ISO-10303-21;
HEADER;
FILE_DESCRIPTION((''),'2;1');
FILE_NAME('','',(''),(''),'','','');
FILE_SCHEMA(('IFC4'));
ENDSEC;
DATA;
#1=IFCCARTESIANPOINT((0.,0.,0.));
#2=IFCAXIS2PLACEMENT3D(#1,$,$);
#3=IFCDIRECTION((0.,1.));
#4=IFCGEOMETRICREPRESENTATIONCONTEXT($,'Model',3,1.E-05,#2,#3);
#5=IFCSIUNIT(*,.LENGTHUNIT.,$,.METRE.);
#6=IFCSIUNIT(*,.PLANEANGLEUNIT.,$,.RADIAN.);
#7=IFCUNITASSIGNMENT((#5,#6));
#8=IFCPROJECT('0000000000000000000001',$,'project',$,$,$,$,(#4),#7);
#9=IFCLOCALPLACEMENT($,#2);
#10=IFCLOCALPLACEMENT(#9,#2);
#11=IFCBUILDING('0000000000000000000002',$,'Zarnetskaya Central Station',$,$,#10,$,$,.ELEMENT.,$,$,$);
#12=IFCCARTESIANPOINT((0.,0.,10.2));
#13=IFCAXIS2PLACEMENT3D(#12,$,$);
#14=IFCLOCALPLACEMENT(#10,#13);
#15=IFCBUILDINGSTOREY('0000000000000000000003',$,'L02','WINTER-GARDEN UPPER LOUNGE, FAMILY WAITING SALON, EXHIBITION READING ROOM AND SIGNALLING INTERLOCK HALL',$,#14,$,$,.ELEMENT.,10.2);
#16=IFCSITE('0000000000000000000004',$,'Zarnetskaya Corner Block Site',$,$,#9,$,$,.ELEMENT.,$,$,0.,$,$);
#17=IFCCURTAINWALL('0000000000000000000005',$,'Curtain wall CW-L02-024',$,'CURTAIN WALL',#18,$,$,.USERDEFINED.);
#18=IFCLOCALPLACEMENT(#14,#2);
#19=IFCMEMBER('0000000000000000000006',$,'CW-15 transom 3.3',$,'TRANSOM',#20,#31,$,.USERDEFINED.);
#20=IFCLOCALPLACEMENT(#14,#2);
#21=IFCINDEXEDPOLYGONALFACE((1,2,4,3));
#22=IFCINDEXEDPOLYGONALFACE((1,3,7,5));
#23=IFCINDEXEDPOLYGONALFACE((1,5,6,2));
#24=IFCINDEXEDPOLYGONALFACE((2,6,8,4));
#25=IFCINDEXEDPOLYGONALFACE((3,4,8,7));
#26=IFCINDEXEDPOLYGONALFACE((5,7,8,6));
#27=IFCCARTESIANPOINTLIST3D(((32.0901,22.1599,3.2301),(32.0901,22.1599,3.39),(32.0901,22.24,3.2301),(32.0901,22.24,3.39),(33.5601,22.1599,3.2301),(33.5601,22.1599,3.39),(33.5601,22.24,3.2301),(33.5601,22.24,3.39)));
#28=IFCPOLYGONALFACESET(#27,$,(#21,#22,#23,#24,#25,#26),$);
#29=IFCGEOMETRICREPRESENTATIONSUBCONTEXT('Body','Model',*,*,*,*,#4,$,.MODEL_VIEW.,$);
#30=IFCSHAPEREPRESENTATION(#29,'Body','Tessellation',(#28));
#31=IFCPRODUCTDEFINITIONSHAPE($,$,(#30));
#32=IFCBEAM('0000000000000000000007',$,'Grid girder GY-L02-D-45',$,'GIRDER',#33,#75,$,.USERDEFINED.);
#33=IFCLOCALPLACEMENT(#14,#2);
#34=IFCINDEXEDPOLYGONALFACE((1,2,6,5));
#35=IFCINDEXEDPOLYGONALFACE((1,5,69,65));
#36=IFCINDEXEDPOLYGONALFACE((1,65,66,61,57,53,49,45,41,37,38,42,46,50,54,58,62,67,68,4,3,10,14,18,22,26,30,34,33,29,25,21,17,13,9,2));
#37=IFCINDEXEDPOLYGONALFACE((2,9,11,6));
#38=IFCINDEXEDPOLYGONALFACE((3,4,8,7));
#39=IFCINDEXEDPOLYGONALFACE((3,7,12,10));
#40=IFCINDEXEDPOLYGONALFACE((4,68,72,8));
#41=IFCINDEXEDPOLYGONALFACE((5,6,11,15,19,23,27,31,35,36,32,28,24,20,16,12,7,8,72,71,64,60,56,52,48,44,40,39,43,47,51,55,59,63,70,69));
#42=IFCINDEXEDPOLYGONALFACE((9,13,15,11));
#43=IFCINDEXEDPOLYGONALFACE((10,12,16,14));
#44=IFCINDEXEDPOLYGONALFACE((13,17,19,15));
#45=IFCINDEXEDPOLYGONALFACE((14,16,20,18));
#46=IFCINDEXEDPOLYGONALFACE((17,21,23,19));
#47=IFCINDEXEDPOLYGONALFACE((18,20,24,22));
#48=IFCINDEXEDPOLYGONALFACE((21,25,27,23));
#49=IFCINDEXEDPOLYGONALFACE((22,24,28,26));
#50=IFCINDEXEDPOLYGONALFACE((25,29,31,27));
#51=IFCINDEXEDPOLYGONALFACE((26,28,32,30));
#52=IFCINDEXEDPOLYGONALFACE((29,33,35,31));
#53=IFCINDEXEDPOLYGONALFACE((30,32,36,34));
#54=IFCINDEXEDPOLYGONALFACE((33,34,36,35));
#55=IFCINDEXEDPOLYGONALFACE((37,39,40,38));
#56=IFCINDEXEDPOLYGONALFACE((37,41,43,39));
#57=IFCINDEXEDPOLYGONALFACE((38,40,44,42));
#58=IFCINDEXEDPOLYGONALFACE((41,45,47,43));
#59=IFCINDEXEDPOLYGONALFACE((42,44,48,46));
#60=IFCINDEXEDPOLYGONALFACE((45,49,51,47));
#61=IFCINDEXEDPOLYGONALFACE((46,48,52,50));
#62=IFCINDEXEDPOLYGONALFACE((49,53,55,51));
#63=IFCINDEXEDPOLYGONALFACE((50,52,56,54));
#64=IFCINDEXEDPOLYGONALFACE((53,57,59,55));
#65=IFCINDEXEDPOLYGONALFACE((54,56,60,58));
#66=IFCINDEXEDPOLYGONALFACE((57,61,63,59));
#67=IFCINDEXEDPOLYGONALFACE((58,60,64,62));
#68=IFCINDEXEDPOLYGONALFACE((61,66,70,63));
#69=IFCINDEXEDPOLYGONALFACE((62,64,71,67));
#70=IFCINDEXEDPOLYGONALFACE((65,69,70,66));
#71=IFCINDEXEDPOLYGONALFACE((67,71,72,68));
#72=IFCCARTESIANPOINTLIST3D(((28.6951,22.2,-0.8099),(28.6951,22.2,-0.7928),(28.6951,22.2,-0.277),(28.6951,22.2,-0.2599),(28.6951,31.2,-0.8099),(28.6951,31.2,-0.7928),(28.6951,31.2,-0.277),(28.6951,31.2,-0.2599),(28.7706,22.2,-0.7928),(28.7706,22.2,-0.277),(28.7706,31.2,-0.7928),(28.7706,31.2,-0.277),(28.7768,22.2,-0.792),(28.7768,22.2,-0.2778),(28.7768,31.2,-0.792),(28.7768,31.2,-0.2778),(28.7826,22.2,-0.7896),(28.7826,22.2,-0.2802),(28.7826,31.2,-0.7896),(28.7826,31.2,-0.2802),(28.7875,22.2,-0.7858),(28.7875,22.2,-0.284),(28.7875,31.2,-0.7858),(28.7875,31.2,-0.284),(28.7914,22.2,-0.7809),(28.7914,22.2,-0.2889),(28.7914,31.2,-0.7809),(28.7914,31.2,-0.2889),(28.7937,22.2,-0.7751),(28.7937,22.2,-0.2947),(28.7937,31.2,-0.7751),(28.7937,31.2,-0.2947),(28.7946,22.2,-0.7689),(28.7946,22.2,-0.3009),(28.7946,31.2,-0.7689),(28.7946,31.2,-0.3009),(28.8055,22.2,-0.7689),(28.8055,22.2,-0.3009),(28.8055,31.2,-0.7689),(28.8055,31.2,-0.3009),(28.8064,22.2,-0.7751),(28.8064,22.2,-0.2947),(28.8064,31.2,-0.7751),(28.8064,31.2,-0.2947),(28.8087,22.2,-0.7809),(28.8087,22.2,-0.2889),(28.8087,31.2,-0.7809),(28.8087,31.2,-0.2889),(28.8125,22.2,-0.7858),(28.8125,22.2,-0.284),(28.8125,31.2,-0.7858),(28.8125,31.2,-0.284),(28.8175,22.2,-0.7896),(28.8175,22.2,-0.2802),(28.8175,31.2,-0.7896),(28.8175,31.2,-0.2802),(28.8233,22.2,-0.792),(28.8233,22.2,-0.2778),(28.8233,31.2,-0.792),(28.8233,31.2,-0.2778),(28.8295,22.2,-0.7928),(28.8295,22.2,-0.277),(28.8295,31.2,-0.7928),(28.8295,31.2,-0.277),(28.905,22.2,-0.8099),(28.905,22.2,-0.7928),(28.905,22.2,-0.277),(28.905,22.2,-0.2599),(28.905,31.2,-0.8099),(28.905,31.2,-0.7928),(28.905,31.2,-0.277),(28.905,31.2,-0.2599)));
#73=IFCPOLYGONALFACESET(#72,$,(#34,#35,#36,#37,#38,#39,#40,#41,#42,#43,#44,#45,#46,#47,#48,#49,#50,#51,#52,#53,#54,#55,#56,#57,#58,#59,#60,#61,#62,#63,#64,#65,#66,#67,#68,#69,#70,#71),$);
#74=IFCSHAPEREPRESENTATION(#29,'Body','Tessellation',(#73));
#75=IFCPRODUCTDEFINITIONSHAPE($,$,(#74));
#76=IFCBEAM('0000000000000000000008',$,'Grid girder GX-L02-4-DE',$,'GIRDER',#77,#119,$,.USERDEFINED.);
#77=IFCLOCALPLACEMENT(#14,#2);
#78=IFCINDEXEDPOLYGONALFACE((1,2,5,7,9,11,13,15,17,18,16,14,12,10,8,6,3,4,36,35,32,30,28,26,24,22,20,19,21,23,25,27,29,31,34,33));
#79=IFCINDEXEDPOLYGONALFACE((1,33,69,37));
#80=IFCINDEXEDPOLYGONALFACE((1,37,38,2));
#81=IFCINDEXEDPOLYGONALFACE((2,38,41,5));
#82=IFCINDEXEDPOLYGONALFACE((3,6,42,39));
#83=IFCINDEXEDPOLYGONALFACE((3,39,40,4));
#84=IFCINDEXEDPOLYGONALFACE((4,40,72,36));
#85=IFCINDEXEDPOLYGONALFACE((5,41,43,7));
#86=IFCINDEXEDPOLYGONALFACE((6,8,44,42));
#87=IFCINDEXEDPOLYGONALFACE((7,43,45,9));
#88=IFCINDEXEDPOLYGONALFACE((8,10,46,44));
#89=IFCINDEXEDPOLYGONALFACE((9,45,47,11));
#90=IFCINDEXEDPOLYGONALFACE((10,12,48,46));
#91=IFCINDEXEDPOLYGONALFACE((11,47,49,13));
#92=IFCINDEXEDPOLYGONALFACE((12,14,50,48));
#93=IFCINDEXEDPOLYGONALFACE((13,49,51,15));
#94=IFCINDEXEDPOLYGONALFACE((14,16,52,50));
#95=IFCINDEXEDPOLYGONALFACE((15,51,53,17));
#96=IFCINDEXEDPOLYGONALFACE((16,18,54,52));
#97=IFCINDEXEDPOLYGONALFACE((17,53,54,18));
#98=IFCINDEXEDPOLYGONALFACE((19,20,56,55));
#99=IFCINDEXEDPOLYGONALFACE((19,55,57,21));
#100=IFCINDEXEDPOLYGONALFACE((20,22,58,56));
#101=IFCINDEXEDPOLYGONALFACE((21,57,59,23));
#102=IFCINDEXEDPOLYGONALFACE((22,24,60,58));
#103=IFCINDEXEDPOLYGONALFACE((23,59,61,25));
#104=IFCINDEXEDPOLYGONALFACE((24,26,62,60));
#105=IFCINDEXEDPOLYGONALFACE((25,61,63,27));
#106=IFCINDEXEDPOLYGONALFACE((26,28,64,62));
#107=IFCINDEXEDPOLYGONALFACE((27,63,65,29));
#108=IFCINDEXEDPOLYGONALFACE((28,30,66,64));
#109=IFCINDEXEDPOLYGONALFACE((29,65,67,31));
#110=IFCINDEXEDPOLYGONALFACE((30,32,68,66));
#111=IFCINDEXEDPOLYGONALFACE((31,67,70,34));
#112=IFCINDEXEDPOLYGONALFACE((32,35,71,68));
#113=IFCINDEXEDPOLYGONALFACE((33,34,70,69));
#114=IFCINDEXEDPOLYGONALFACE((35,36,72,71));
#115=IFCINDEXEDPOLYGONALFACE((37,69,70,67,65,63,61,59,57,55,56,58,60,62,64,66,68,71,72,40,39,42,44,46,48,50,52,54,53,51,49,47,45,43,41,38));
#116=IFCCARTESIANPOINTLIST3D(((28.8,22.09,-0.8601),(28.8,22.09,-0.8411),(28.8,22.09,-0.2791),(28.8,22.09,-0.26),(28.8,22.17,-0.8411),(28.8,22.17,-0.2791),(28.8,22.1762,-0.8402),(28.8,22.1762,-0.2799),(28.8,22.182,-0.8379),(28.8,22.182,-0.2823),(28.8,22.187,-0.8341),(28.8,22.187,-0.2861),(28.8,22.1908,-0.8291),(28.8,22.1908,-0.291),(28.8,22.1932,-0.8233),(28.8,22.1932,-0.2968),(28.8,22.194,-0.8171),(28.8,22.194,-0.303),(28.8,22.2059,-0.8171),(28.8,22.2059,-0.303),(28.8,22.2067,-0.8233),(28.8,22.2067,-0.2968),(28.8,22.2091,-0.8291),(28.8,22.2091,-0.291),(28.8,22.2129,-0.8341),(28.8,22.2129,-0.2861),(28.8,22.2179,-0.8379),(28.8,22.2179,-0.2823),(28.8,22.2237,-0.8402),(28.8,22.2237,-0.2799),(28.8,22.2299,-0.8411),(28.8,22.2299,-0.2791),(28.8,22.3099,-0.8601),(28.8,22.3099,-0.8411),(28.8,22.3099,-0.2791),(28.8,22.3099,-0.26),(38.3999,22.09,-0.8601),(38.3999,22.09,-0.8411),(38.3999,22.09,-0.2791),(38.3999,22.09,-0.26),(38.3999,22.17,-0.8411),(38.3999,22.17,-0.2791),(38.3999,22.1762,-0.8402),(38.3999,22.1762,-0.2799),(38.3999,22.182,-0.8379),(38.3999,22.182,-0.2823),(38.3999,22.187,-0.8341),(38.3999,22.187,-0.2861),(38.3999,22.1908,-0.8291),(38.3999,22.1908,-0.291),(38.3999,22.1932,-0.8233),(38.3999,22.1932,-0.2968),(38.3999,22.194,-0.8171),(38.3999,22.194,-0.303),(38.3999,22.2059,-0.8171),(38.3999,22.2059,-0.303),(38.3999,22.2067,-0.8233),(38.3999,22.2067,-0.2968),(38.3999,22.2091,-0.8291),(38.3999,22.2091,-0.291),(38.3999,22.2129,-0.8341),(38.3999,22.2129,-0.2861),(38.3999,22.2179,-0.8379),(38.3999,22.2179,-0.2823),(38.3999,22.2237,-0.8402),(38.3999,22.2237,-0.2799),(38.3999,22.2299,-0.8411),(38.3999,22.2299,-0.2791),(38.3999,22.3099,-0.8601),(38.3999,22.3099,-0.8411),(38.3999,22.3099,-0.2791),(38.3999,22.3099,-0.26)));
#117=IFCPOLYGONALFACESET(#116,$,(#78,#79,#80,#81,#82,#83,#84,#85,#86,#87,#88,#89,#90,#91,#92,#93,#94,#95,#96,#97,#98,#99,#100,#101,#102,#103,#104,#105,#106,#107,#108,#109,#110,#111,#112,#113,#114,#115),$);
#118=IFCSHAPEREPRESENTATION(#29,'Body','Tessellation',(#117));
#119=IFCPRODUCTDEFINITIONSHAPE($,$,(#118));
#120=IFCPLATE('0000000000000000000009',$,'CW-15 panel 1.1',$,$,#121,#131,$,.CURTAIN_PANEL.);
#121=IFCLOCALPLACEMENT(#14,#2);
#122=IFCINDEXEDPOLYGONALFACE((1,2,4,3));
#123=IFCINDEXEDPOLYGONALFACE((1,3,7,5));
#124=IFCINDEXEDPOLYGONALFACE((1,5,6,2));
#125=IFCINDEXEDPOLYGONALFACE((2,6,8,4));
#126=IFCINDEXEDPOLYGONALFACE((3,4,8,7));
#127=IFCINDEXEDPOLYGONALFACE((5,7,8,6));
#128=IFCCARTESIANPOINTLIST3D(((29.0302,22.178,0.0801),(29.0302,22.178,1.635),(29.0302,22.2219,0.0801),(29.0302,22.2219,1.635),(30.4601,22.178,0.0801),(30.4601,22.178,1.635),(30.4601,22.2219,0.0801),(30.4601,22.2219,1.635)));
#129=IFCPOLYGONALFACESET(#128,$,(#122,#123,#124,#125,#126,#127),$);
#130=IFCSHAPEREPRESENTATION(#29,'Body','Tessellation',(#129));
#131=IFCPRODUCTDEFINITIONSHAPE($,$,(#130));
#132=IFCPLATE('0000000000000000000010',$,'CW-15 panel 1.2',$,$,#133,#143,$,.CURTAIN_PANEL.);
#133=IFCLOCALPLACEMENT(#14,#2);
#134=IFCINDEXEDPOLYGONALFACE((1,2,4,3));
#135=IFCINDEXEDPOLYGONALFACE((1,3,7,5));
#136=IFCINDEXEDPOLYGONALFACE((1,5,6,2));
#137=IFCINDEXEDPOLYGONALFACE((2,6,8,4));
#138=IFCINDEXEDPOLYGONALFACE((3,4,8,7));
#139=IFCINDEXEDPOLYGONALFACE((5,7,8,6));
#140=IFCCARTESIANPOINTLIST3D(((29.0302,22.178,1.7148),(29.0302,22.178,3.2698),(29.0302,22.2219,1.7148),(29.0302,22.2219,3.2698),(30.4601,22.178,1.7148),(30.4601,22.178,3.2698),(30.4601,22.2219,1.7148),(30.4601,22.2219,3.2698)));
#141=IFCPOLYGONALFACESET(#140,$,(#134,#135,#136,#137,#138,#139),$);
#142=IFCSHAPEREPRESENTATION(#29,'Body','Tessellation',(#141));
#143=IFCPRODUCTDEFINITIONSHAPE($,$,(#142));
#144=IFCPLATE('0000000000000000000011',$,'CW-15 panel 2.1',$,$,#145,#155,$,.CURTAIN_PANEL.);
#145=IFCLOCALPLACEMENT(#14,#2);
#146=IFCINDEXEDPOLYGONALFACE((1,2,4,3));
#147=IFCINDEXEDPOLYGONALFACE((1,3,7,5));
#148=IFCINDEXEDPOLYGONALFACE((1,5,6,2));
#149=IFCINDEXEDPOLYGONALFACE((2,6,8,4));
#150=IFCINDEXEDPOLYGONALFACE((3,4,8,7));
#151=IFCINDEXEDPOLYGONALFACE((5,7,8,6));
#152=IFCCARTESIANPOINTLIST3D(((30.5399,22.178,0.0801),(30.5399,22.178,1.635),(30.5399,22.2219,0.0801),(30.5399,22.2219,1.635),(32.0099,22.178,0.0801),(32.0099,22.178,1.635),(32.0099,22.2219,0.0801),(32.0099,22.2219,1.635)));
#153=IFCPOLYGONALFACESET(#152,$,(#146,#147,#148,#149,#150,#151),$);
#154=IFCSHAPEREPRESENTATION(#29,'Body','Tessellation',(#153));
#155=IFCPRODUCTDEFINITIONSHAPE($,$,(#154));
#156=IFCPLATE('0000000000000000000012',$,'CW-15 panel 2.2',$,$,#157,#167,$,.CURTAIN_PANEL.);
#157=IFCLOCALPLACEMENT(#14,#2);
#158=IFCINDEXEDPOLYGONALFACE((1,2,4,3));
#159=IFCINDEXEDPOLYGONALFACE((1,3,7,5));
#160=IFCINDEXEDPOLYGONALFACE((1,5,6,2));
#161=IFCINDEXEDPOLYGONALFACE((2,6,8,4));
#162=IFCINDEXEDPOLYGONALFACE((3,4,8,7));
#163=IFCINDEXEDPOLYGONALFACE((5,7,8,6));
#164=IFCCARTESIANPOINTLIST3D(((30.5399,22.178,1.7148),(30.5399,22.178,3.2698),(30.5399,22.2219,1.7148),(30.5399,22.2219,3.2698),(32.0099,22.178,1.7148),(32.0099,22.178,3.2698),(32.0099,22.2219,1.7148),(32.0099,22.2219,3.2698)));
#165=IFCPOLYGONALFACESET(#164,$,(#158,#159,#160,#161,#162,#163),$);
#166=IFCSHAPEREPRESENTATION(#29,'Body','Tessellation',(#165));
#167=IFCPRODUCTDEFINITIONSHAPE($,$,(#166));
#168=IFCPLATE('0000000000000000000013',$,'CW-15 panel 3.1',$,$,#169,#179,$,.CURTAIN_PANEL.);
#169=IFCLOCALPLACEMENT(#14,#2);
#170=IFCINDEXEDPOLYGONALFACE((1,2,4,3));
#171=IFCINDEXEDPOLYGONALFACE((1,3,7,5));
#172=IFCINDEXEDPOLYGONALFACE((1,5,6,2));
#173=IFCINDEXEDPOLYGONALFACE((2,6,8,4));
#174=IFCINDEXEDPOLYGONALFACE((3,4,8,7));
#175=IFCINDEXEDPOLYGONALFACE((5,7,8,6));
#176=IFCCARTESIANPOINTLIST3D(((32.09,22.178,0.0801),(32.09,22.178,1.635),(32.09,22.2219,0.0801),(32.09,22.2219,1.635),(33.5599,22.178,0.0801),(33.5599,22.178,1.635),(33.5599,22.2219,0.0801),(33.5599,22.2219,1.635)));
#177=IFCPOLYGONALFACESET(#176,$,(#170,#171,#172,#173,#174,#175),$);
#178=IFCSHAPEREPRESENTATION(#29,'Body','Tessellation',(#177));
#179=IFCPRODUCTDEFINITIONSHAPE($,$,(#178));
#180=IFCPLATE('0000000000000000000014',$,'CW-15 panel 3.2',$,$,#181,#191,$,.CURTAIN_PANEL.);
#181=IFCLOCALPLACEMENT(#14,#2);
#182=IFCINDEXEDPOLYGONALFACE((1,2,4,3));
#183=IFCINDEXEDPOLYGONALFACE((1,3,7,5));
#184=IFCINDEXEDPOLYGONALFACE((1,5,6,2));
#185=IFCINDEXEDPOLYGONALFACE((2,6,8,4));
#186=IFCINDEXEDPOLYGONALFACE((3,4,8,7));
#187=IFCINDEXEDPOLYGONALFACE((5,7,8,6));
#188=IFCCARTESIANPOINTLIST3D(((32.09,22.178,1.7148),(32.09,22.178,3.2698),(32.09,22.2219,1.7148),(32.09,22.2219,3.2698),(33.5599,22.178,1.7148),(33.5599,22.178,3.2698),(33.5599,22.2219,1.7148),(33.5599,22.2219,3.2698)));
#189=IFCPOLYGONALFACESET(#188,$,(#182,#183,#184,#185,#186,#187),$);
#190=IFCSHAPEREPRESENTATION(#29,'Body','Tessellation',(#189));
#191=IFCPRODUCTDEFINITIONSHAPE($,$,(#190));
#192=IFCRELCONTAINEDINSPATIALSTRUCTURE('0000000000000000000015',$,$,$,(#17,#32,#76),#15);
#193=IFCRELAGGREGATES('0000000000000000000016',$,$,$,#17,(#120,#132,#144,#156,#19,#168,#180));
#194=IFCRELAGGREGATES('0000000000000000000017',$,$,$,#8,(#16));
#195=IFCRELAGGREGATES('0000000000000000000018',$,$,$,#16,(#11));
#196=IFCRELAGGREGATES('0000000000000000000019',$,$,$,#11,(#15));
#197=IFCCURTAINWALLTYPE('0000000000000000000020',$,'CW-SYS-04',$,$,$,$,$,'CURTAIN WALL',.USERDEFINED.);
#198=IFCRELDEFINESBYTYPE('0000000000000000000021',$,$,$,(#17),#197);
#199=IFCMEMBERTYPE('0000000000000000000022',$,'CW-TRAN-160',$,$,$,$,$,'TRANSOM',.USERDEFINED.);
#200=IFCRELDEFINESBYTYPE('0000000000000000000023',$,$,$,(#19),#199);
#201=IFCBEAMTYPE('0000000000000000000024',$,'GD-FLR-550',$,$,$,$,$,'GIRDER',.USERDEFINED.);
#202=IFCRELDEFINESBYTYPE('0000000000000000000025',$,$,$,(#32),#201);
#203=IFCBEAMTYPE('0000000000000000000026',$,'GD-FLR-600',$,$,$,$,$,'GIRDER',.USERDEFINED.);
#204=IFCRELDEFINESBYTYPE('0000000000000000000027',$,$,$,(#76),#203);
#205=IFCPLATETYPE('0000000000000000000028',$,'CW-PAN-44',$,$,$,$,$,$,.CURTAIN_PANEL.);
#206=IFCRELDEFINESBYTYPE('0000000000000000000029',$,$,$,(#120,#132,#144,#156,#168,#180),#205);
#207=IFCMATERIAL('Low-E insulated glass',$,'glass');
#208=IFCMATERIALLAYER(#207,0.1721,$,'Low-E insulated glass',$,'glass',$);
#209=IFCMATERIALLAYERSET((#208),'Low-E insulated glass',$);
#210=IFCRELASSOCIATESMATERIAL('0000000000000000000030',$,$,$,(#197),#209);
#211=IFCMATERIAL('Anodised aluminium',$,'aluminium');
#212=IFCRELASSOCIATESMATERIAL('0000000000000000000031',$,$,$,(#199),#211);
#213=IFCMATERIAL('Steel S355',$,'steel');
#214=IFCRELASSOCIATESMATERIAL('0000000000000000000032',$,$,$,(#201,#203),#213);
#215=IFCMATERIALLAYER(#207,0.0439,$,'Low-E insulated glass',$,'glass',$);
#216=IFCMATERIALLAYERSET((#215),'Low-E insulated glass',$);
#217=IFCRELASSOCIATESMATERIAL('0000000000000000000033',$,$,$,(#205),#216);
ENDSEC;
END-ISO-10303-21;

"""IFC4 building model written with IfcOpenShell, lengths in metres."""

from ifc_helpers import new_model, si_unit, direction, frame, origin, origin_2d, place, context, subcontext, project, spatial, rectangle, i_section, extrude, material, layer, layer_set, material_profile, profile_set, type_object, element, aggregate, save


model = new_model("IFC4")

# Units and contexts
model_context = context("Model", 3, precision=1e-05, world=origin(), true_north=direction((0.0, 1.0)))
body_context = subcontext(model_context, "Body", "Model", "MODEL_VIEW")
ifc_project = project(units=[si_unit("LENGTHUNIT", "METRE"), si_unit("PLANEANGLEUNIT", "RADIAN")], contexts=[model_context])

# Site, building, storey
site_placement = place(None, origin())
site = spatial("IfcSite", under=ifc_project, at=site_placement, Name="Zarnetskaya Corner Block Site", CompositionType="ELEMENT", RefElevation=0.0)
building_placement = place(site_placement, origin())
building = spatial("IfcBuilding", under=site, at=building_placement, Name="Zarnetskaya Central Station", CompositionType="ELEMENT")
storey_placement = place(building_placement, frame((0.0, 0.0, 10.2)))
storey = spatial("IfcBuildingStorey", under=building, at=storey_placement, Name="L02", Description="WINTER-GARDEN UPPER LOUNGE, FAMILY WAITING SALON, EXHIBITION READING ROOM AND SIGNALLING INTERLOCK HALL", CompositionType="ELEMENT", Elevation=10.2)

# Shared definitions
ifc_material_1 = material(Name="Steel S355", Category="steel")

# Curtain wall, member
ifc_material_2 = material(Name="Low-E insulated glass", Category="glass")
ifc_layer_1 = layer(ifc_material_2, 0.1721, Name="Low-E insulated glass", Category="glass")
ifc_layer_set_1 = layer_set([ifc_layer_1], Name="Low-E insulated glass")
curtain_wall_type = type_object("IfcCurtainWallType", Name="CW-SYS-04", ElementType="CURTAIN WALL", PredefinedType="USERDEFINED", material=ifc_layer_set_1)
curtain_wall_placement = place(storey_placement, origin())
curtain_wall = element("IfcCurtainWall", 1, at=curtain_wall_placement, inside=storey, type_object=curtain_wall_type, Name="Curtain wall CW-L02-024", ObjectType="CURTAIN WALL", PredefinedType="USERDEFINED")
ifc_material_3 = material(Name="Anodised aluminium", Category="aluminium")
ifc_material_profile_1 = material_profile(ifc_material_3, rectangle(XDim=0.0801, YDim=0.1599, at=origin_2d()), Name="ALU TRAN 80x160")
ifc_profile_set_1 = profile_set([ifc_material_profile_1], Name="Anodised aluminium")
member_type_1 = type_object("IfcMemberType", Name="CW-TRAN-160", ElementType="TRANSOM", PredefinedType="USERDEFINED", material=ifc_profile_set_1)
member_1_placement = place(storey_placement, frame((32.0901, 22.2, 3.3101), z_axis=(1.0, 0.0, 0.0), x_axis=(0.0, 1.0, 0.0)))
member_1 = element("IfcMember", 2, at=member_1_placement, type_object=member_type_1, Name="CW-15 transom 3.3", ObjectType="TRANSOM", PredefinedType="USERDEFINED", context=body_context, shape_type="SweptSolid", body=[
    extrude(rectangle(XDim=0.0801, YDim=0.1599, at=origin_2d()), origin(), (0.0, 0.0, 1.0), 1.47),
])

# Beams
ifc_material_profile_2 = material_profile(ifc_material_1, i_section(OverallWidth=0.21, OverallDepth=0.55, WebThickness=0.011, FlangeThickness=0.0171, FilletRadius=0.0239, at=origin_2d()), Name="IPE 550")
ifc_profile_set_2 = profile_set([ifc_material_profile_2], Name="Steel S355")
beam_type_1 = type_object("IfcBeamType", Name="GD-FLR-550", ElementType="GIRDER", PredefinedType="USERDEFINED", material=ifc_profile_set_2)
beam_1_placement = place(storey_placement, frame((28.8, 22.2, -0.5349), z_axis=(0.0, 1.0, 0.0), x_axis=(-1.0, 0.0, 0.0)))
element("IfcBeam", 3, at=beam_1_placement, inside=storey, type_object=beam_type_1, Name="Grid girder GY-L02-D-45", ObjectType="GIRDER", PredefinedType="USERDEFINED", context=body_context, shape_type="SweptSolid", body=[
    extrude(i_section(OverallWidth=0.21, OverallDepth=0.55, WebThickness=0.011, FlangeThickness=0.0171, FilletRadius=0.0239, at=origin_2d()), origin(), (0.0, 0.0, 1.0), 9.0),
])
ifc_material_profile_3 = material_profile(ifc_material_1, i_section(OverallWidth=0.22, OverallDepth=0.6001, WebThickness=0.012, FlangeThickness=0.019, FilletRadius=0.0239, at=origin_2d()), Name="IPE 600")
ifc_profile_set_3 = profile_set([ifc_material_profile_3], Name="Steel S355")
beam_type_2 = type_object("IfcBeamType", Name="GD-FLR-600", ElementType="GIRDER", PredefinedType="USERDEFINED", material=ifc_profile_set_3)
beam_2_placement = place(storey_placement, frame((28.8, 22.2, -0.5601), z_axis=(1.0, 0.0, 0.0), x_axis=(0.0, 1.0, 0.0)))
element("IfcBeam", 4, at=beam_2_placement, inside=storey, type_object=beam_type_2, Name="Grid girder GX-L02-4-DE", ObjectType="GIRDER", PredefinedType="USERDEFINED", context=body_context, shape_type="SweptSolid", body=[
    extrude(i_section(OverallWidth=0.22, OverallDepth=0.6001, WebThickness=0.012, FlangeThickness=0.019, FilletRadius=0.0239, at=origin_2d()), origin(), (0.0, 0.0, 1.0), 9.5999),
])

# Plates
ifc_layer_2 = layer(ifc_material_2, 0.0439, Name="Low-E insulated glass", Category="glass")
ifc_layer_set_2 = layer_set([ifc_layer_2], Name="Low-E insulated glass")
plate_type = type_object("IfcPlateType", Name="CW-PAN-44", PredefinedType="CURTAIN_PANEL", material=ifc_layer_set_2)
plate_1_placement = place(storey_placement, frame((29.7451, 22.2, 0.0801), z_axis=(0.0, 0.0, 1.0), x_axis=(1.0, 0.0, 0.0)))
plate_1 = element("IfcPlate", 5, at=plate_1_placement, type_object=plate_type, Name="CW-15 panel 1.1", PredefinedType="CURTAIN_PANEL", context=body_context, shape_type="SweptSolid", body=[
    extrude(rectangle(XDim=1.4299, YDim=0.0439, at=origin_2d()), origin(), (0.0, 0.0, 1.0), 1.5549),
])
plate_2_placement = place(storey_placement, frame((29.7451, 22.2, 1.7148), z_axis=(0.0, 0.0, 1.0), x_axis=(1.0, 0.0, 0.0)))
plate_2 = element("IfcPlate", 6, at=plate_2_placement, type_object=plate_type, Name="CW-15 panel 1.2", PredefinedType="CURTAIN_PANEL", context=body_context, shape_type="SweptSolid", body=[
    extrude(rectangle(XDim=1.4299, YDim=0.0439, at=origin_2d()), origin(), (0.0, 0.0, 1.0), 1.5549),
])
plate_3_placement = place(storey_placement, frame((31.2749, 22.2, 0.0801), z_axis=(0.0, 0.0, 1.0), x_axis=(1.0, 0.0, 0.0)))
plate_3 = element("IfcPlate", 7, at=plate_3_placement, type_object=plate_type, Name="CW-15 panel 2.1", PredefinedType="CURTAIN_PANEL", context=body_context, shape_type="SweptSolid", body=[
    extrude(rectangle(XDim=1.47, YDim=0.0439, at=origin_2d()), origin(), (0.0, 0.0, 1.0), 1.5549),
])
plate_4_placement = place(storey_placement, frame((31.2749, 22.2, 1.7148), z_axis=(0.0, 0.0, 1.0), x_axis=(1.0, 0.0, 0.0)))
plate_4 = element("IfcPlate", 8, at=plate_4_placement, type_object=plate_type, Name="CW-15 panel 2.2", PredefinedType="CURTAIN_PANEL", context=body_context, shape_type="SweptSolid", body=[
    extrude(rectangle(XDim=1.47, YDim=0.0439, at=origin_2d()), origin(), (0.0, 0.0, 1.0), 1.5549),
])
plate_5_placement = place(storey_placement, frame((32.825, 22.2, 0.0801), z_axis=(0.0, 0.0, 1.0), x_axis=(1.0, 0.0, 0.0)))
plate_5 = element("IfcPlate", 9, at=plate_5_placement, type_object=plate_type, Name="CW-15 panel 3.1", PredefinedType="CURTAIN_PANEL", context=body_context, shape_type="SweptSolid", body=[
    extrude(rectangle(XDim=1.47, YDim=0.0439, at=origin_2d()), origin(), (0.0, 0.0, 1.0), 1.5549),
])
plate_6_placement = place(storey_placement, frame((32.825, 22.2, 1.7148), z_axis=(0.0, 0.0, 1.0), x_axis=(1.0, 0.0, 0.0)))
plate_6 = element("IfcPlate", 10, at=plate_6_placement, type_object=plate_type, Name="CW-15 panel 3.2", PredefinedType="CURTAIN_PANEL", context=body_context, shape_type="SweptSolid", body=[
    extrude(rectangle(XDim=1.47, YDim=0.0439, at=origin_2d()), origin(), (0.0, 0.0, 1.0), 1.5549),
])
aggregate(curtain_wall, [plate_1, plate_2, plate_3, plate_4, member_1, plate_5, plate_6])

save(model, "model.ifc")
